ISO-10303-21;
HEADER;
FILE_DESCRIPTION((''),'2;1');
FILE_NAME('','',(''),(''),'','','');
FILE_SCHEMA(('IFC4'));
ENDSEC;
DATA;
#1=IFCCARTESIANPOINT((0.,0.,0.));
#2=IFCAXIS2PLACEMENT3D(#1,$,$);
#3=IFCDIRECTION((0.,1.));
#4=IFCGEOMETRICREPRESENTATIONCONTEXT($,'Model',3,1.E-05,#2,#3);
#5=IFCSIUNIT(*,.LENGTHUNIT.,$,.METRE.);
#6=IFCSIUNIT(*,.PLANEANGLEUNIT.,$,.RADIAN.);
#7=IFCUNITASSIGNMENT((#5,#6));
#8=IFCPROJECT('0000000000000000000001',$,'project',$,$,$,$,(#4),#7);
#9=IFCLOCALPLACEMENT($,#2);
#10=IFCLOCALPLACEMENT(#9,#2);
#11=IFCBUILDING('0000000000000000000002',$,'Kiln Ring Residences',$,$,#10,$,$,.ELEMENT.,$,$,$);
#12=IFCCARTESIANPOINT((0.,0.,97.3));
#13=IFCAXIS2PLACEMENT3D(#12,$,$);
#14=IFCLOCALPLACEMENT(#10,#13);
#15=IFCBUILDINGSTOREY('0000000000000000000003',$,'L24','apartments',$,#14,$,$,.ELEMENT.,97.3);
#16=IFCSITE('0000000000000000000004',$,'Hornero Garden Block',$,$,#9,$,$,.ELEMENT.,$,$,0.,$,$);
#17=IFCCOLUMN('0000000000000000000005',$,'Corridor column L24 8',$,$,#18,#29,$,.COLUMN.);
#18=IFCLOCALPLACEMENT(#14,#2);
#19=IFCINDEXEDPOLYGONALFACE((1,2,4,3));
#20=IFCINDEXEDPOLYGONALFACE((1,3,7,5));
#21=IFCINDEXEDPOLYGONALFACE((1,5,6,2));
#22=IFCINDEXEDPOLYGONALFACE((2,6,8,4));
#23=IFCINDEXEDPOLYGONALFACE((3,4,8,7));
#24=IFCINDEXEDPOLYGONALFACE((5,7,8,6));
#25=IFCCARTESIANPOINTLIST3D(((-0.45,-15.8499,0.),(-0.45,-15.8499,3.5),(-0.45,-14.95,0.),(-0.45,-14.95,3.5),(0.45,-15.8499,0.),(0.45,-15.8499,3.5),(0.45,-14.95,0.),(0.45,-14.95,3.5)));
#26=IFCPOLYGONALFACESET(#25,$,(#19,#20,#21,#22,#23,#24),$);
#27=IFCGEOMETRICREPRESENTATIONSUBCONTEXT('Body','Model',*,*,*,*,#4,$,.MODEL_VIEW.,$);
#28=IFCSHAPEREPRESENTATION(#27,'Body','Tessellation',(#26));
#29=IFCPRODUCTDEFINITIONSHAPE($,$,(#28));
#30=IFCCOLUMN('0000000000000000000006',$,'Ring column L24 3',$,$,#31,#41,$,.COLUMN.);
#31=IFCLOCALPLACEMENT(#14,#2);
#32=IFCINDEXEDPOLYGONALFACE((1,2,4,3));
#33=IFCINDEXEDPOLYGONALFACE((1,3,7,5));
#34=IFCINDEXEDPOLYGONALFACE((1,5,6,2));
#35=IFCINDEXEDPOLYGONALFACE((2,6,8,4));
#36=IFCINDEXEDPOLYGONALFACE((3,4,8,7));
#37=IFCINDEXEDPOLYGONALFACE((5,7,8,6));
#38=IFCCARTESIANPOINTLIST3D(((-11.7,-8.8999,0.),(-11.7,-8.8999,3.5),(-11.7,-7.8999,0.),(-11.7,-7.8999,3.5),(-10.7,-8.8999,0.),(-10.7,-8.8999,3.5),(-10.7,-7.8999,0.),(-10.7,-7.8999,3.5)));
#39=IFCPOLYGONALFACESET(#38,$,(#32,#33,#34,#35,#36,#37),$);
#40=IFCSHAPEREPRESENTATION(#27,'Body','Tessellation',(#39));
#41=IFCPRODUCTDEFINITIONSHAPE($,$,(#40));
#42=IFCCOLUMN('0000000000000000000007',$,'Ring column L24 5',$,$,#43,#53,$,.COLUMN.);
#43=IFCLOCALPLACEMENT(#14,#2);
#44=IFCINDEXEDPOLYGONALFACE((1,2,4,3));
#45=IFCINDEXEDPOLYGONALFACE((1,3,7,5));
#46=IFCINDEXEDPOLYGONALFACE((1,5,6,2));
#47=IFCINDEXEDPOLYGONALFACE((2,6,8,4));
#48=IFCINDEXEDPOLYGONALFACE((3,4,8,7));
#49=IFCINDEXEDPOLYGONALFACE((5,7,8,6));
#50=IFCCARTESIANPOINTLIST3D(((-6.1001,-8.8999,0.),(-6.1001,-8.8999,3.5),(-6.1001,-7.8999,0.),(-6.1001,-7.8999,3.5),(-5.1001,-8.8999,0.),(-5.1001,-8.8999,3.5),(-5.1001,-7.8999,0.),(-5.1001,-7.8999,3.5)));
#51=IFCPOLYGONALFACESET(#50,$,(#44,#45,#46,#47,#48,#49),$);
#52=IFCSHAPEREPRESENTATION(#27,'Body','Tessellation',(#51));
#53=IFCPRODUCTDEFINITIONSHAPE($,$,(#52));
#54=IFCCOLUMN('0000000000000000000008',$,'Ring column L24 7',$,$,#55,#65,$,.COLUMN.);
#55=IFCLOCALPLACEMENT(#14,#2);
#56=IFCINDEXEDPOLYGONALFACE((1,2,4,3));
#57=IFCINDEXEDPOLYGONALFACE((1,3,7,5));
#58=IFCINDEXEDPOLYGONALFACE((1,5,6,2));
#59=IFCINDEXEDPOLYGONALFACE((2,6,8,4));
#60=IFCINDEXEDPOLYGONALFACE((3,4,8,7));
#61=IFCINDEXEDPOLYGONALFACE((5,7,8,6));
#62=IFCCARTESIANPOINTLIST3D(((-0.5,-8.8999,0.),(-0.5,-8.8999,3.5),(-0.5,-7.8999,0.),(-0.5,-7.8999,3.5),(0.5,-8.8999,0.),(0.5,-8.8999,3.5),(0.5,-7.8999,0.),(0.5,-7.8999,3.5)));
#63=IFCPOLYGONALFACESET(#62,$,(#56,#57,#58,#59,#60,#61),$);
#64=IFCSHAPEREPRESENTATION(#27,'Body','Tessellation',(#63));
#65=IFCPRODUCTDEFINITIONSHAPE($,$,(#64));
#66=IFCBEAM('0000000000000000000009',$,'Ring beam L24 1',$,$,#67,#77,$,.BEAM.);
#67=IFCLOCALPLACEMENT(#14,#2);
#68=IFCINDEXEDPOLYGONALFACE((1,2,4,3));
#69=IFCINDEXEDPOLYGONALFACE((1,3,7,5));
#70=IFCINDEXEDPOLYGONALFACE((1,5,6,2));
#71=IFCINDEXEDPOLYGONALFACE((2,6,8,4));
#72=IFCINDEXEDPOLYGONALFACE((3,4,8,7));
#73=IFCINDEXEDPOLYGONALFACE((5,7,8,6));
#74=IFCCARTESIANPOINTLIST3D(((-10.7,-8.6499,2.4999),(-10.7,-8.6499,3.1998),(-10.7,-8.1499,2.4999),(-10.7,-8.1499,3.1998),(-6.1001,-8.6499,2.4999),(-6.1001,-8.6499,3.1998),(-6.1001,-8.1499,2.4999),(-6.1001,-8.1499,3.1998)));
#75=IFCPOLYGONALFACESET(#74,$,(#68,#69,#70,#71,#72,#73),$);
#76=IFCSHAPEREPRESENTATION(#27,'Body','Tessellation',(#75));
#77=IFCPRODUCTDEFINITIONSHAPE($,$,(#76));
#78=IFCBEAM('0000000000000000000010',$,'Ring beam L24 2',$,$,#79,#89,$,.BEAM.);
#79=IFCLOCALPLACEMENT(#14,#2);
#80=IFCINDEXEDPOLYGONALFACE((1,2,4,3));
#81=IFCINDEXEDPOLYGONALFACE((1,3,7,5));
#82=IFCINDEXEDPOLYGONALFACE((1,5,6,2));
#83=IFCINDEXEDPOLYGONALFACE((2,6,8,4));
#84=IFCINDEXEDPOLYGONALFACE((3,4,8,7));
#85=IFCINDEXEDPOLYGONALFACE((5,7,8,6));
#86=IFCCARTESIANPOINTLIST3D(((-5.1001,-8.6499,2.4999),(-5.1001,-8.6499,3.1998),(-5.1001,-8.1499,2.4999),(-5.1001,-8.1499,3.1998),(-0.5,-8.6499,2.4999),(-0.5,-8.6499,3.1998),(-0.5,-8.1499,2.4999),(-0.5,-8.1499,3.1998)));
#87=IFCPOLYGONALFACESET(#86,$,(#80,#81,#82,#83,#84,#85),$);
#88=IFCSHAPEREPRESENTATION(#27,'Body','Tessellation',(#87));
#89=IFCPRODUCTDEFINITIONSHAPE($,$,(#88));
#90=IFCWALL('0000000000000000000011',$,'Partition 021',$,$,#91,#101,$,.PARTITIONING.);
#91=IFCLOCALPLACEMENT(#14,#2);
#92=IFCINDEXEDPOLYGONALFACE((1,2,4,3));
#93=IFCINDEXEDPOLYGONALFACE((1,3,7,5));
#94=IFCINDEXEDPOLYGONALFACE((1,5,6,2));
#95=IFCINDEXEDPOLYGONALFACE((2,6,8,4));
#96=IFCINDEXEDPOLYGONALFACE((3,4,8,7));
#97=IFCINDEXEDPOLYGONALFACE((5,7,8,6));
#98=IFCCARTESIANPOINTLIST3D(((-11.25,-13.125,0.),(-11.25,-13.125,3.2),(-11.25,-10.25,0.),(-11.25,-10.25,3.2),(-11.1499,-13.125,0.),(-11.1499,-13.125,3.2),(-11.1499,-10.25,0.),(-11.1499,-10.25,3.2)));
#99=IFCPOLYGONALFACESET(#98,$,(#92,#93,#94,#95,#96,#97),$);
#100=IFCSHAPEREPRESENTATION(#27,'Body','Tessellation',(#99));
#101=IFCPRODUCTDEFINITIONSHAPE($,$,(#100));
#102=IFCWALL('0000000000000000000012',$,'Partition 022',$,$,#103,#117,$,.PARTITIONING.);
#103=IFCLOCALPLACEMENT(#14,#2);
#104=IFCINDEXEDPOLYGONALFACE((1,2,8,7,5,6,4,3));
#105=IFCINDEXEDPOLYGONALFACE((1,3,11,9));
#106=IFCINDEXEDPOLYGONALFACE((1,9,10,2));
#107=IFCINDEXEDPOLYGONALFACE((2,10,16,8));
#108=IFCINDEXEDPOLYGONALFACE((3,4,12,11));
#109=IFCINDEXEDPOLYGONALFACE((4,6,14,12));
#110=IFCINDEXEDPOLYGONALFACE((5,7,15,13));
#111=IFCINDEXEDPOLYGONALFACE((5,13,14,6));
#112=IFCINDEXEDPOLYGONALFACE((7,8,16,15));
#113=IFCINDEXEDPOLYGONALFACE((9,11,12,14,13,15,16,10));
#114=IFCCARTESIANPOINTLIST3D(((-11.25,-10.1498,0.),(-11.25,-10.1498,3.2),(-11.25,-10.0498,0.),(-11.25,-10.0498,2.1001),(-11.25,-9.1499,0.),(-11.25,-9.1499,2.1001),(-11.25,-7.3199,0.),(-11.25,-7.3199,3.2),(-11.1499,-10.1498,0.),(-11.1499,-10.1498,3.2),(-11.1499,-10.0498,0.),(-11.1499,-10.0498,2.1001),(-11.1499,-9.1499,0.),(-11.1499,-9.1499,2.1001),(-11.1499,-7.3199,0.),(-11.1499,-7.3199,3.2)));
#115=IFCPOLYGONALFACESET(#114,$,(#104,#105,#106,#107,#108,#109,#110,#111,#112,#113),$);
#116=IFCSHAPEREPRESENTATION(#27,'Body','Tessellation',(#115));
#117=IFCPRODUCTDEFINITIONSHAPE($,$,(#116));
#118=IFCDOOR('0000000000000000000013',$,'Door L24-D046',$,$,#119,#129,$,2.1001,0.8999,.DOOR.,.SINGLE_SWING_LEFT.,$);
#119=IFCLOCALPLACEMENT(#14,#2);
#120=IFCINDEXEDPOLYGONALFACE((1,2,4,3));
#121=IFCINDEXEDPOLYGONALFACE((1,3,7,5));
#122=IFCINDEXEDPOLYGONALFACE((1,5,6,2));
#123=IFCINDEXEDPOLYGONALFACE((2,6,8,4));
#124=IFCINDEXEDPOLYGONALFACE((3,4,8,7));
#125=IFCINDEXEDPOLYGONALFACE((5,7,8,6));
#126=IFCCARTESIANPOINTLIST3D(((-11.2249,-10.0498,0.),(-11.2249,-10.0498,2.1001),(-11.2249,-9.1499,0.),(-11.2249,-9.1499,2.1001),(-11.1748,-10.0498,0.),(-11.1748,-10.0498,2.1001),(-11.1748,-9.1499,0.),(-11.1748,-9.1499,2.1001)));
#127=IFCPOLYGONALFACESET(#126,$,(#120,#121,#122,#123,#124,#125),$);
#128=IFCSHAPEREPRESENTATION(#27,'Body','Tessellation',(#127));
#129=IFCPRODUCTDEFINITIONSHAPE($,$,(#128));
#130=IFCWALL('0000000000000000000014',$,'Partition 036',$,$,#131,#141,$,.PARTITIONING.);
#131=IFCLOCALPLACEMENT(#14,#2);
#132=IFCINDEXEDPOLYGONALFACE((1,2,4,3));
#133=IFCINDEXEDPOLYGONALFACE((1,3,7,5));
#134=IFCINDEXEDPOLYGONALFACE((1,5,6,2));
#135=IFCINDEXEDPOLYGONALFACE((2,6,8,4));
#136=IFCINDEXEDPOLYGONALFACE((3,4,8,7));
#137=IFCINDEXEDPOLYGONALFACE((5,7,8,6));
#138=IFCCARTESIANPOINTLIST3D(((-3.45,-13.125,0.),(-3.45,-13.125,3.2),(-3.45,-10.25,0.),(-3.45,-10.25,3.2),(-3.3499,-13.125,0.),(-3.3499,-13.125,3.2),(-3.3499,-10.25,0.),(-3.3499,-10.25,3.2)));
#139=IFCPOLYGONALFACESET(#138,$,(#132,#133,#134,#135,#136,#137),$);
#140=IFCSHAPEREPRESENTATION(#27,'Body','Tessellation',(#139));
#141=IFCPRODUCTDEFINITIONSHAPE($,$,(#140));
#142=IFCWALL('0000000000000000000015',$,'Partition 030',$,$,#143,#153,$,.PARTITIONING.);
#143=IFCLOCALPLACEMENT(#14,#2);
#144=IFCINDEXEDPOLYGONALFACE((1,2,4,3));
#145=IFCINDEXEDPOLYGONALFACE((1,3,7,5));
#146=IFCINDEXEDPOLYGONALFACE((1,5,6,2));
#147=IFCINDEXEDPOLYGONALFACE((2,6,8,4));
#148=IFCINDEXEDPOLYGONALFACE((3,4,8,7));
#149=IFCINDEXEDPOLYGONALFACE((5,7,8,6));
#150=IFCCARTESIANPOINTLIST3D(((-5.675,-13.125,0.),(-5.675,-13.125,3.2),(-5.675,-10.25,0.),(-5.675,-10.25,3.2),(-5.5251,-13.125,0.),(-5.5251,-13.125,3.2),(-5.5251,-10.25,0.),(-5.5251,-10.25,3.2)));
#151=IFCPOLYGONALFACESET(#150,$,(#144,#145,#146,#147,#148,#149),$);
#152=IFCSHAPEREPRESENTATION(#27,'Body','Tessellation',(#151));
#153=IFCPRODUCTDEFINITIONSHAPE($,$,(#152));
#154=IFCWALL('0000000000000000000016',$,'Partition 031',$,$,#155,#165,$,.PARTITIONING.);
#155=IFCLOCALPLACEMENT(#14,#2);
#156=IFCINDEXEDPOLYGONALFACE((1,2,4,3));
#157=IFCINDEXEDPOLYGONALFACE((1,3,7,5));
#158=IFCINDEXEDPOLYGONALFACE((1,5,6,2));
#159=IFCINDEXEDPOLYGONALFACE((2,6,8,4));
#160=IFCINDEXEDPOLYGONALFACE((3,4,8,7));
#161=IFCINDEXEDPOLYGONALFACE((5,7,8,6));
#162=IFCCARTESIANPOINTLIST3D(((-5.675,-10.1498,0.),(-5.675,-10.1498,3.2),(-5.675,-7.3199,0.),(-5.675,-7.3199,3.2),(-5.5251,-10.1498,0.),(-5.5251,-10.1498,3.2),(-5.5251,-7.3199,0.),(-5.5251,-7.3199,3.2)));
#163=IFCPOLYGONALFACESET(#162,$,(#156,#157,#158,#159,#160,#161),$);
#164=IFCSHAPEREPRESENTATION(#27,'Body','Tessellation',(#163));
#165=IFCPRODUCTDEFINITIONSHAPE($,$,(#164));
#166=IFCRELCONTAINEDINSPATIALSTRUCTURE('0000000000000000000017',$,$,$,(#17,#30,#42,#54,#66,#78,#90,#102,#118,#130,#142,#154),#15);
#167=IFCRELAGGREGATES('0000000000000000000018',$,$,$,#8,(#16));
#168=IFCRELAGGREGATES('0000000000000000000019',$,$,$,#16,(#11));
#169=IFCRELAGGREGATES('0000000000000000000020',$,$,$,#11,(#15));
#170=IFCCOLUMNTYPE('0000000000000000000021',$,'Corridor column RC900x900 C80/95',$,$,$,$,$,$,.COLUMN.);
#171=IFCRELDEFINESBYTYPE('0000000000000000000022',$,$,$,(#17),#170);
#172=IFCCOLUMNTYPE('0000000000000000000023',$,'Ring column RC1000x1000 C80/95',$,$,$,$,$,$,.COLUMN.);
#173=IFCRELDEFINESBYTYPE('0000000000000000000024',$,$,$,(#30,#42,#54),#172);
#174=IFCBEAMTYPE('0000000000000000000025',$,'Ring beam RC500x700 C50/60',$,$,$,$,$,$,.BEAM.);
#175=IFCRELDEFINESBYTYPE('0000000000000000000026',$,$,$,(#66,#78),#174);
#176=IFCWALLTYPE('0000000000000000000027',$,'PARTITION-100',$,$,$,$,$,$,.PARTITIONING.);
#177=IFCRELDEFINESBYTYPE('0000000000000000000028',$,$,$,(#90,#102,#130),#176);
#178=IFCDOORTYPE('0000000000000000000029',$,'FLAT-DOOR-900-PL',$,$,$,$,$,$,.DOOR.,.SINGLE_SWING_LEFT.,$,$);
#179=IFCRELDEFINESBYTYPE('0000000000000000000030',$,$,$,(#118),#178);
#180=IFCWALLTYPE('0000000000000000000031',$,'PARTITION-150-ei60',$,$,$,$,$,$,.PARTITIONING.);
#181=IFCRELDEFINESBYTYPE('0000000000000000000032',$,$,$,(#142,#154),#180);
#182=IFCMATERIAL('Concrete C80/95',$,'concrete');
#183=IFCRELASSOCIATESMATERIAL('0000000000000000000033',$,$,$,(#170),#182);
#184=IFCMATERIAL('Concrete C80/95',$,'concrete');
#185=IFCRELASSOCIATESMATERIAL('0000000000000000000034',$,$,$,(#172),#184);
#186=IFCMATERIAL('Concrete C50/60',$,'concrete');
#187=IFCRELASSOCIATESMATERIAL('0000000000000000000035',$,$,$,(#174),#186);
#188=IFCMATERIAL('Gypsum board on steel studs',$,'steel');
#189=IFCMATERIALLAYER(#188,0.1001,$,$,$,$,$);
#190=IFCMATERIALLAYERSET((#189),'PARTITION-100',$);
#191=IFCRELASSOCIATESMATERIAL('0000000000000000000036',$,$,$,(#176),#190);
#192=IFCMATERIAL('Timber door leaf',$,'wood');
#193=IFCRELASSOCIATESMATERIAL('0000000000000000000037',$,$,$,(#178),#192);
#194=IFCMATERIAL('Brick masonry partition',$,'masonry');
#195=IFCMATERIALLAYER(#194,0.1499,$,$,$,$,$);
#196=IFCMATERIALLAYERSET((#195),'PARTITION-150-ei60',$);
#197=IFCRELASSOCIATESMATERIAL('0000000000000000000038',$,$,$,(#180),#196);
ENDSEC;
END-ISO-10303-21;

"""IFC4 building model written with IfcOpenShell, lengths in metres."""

from ifc_helpers import new_model, si_unit, direction, frame, frame_2d, origin, origin_2d, place, context, subcontext, project, spatial, rectangle, extrude, material, layer, layer_set, material_profile, profile_set, type_object, element, fill, save


model = new_model("IFC4")

# Units and contexts
model_context = context("Model", 3, precision=1e-05, world=origin(), true_north=direction((0.0, 1.0)))
body_context = subcontext(model_context, "Body", "Model", "MODEL_VIEW")
ifc_project = project(units=[si_unit("LENGTHUNIT", "METRE"), si_unit("PLANEANGLEUNIT", "RADIAN")], contexts=[model_context])

# Site, building, storey
site_placement = place(None, origin())
site = spatial("IfcSite", under=ifc_project, at=site_placement, Name="Hornero Garden Block", CompositionType="ELEMENT", RefElevation=0.0)
building_placement = place(site_placement, origin())
building = spatial("IfcBuilding", under=site, at=building_placement, Name="Kiln Ring Residences", CompositionType="ELEMENT")
storey_placement = place(building_placement, frame((0.0, 0.0, 97.3)))
storey = spatial("IfcBuildingStorey", under=building, at=storey_placement, Name="L24", Description="apartments", CompositionType="ELEMENT", Elevation=97.3)

# Columns
ifc_material_1 = material(Name="Concrete C80/95", Category="concrete")
ifc_material_profile_1 = material_profile(ifc_material_1, rectangle(XDim=0.8999, YDim=0.8999, at=origin_2d()), Name="RC900x900")
ifc_profile_set_1 = profile_set([ifc_material_profile_1], Name="Concrete C80/95")
column_type_1 = type_object("IfcColumnType", Name="Corridor column RC900x900 C80/95", PredefinedType="COLUMN", material=ifc_profile_set_1)
column_placement = place(storey_placement, frame((0.0, -15.3999, 0.0), z_axis=(0.0, 0.0, 1.0), x_axis=(1.0, 0.0, 0.0)))
element("IfcColumn", 1, at=column_placement, inside=storey, type_object=column_type_1, Name="Corridor column L24 8", PredefinedType="COLUMN", context=body_context, shape_type="SweptSolid", body=[
    extrude(rectangle(XDim=0.8999, YDim=0.8999, at=origin_2d()), origin(), (0.0, 0.0, 1.0), 3.5),
])
ifc_material_2 = material(Name="Concrete C80/95", Category="concrete")
ifc_material_profile_2 = material_profile(ifc_material_2, rectangle(XDim=1.0, YDim=1.0, at=origin_2d()), Name="RC1000x1000")
ifc_profile_set_2 = profile_set([ifc_material_profile_2], Name="Concrete C80/95")
column_type_2 = type_object("IfcColumnType", Name="Ring column RC1000x1000 C80/95", PredefinedType="COLUMN", material=ifc_profile_set_2)
for number, where, z_axis, x_axis, name in (
    (2, (-11.2, -8.3999, 0.0), (0.0, 0.0, 1.0), (1.0, 0.0, 0.0), "Ring column L24 3"),
    (3, (-5.6001, -8.3999, 0.0), (0.0, 0.0, 1.0), (1.0, 0.0, 0.0), "Ring column L24 5"),
    (4, (0.0, -8.3999, 0.0), (0.0, 0.0, 1.0), (1.0, 0.0, 0.0), "Ring column L24 7"),
):
    element("IfcColumn", number, at=place(storey_placement, frame(where, z_axis=z_axis, x_axis=x_axis)), inside=storey, type_object=column_type_2, Name=name, PredefinedType="COLUMN", context=body_context, shape_type="SweptSolid", body=[
        extrude(rectangle(XDim=1.0, YDim=1.0, at=origin_2d()), origin(), (0.0, 0.0, 1.0), 3.5),
    ])

# Beams
ifc_material_3 = material(Name="Concrete C50/60", Category="concrete")
ifc_material_profile_3 = material_profile(ifc_material_3, rectangle(XDim=0.5, YDim=0.7, at=origin_2d()), Name="RC500x700")
ifc_profile_set_3 = profile_set([ifc_material_profile_3], Name="Concrete C50/60")
beam_type = type_object("IfcBeamType", Name="Ring beam RC500x700 C50/60", PredefinedType="BEAM", material=ifc_profile_set_3)
beam_1_placement = place(storey_placement, frame((-10.7, -8.3999, 2.8499), z_axis=(1.0, 0.0, 0.0), x_axis=(0.0, 1.0, 0.0)))
element("IfcBeam", 5, at=beam_1_placement, inside=storey, type_object=beam_type, Name="Ring beam L24 1", PredefinedType="BEAM", context=body_context, shape_type="SweptSolid", body=[
    extrude(rectangle(XDim=0.5, YDim=0.7, at=origin_2d()), origin(), (0.0, 0.0, 1.0), 4.5999),
])
beam_2_placement = place(storey_placement, frame((-5.1001, -8.3999, 2.8499), z_axis=(1.0, 0.0, 0.0), x_axis=(0.0, 1.0, 0.0)))
element("IfcBeam", 6, at=beam_2_placement, inside=storey, type_object=beam_type, Name="Ring beam L24 2", PredefinedType="BEAM", context=body_context, shape_type="SweptSolid", body=[
    extrude(rectangle(XDim=0.5, YDim=0.7, at=origin_2d()), origin(), (0.0, 0.0, 1.0), 4.6001),
])

# Wall
ifc_material_4 = material(Name="Gypsum board on steel studs", Category="steel")
ifc_layer_1 = layer(ifc_material_4, 0.1001)
ifc_layer_set_1 = layer_set([ifc_layer_1], Name="PARTITION-100")
wall_type_1 = type_object("IfcWallType", Name="PARTITION-100", PredefinedType="PARTITIONING", material=ifc_layer_set_1)
wall_1_placement = place(storey_placement, frame((-11.2, -13.125, 0.0), z_axis=(0.0, 0.0, 1.0), x_axis=(0.0, 1.0, 0.0)))
element("IfcWall", 7, at=wall_1_placement, inside=storey, type_object=wall_type_1, Name="Partition 021", PredefinedType="PARTITIONING", context=body_context, shape_type="SweptSolid", body=[
    extrude(rectangle(XDim=2.875, YDim=0.1001, at=frame_2d((1.4375, 0.0))), origin(), (0.0, 0.0, 1.0), 3.2),
])

# Wall, opening, door
wall_2_placement = place(storey_placement, frame((-11.2, -10.1499, 0.0), z_axis=(0.0, 0.0, 1.0), x_axis=(0.0, 1.0, 0.0)))
wall_2 = element("IfcWall", 8, at=wall_2_placement, inside=storey, type_object=wall_type_1, Name="Partition 022", PredefinedType="PARTITIONING", context=body_context, shape_type="SweptSolid", body=[
    extrude(rectangle(XDim=2.8298, YDim=0.1001, at=frame_2d((1.415, 0.0))), origin(), (0.0, 0.0, 1.0), 3.2),
])
opening_placement = place(wall_2_placement, frame((0.1001, 0.0, 0.0)))
opening = element("IfcOpeningElement", 9, at=opening_placement, cuts=wall_2, PredefinedType="OPENING", context=body_context, shape_type="SweptSolid", body=[
    extrude(rectangle(XDim=0.8999, YDim=2.1001, at=frame_2d((0.45, 1.05))), frame((0.0, 0.0601, 0.0), z_axis=(0.0, -1.0, 0.0), x_axis=(1.0, 0.0, 0.0)), (0.0, 0.0, 1.0), 0.1201),
])
ifc_material_5 = material(Name="Timber door leaf", Category="wood")
door_type = type_object("IfcDoorType", Name="FLAT-DOOR-900-PL", OperationType="SINGLE_SWING_LEFT", PredefinedType="DOOR", material=ifc_material_5)
door_placement = place(opening_placement, origin())
door = element("IfcDoor", 10, at=door_placement, inside=storey, type_object=door_type, Name="Door L24-D046", OperationType="SINGLE_SWING_LEFT", OverallHeight=2.1001, OverallWidth=0.8999, PredefinedType="DOOR", context=body_context, shape_type="SweptSolid", body=[
    extrude(rectangle(XDim=0.8999, YDim=2.1001, at=frame_2d((0.45, 1.05))), frame((0.0, 0.0249, 0.0), z_axis=(0.0, -1.0, 0.0), x_axis=(1.0, 0.0, 0.0)), (0.0, 0.0, 1.0), 0.05),
])
fill(opening, door)

# Walls
wall_3_placement = place(storey_placement, frame((-3.3999, -13.125, 0.0), z_axis=(0.0, 0.0, 1.0), x_axis=(0.0, 1.0, 0.0)))
element("IfcWall", 11, at=wall_3_placement, inside=storey, type_object=wall_type_1, Name="Partition 036", PredefinedType="PARTITIONING", context=body_context, shape_type="SweptSolid", body=[
    extrude(rectangle(XDim=2.875, YDim=0.1001, at=frame_2d((1.4375, 0.0))), origin(), (0.0, 0.0, 1.0), 3.2),
])
ifc_material_6 = material(Name="Brick masonry partition", Category="masonry")
ifc_layer_2 = layer(ifc_material_6, 0.1499)
ifc_layer_set_2 = layer_set([ifc_layer_2], Name="PARTITION-150-ei60")
wall_type_2 = type_object("IfcWallType", Name="PARTITION-150-ei60", PredefinedType="PARTITIONING", material=ifc_layer_set_2)
wall_4_placement = place(storey_placement, frame((-5.6001, -13.125, 0.0), z_axis=(0.0, 0.0, 1.0), x_axis=(0.0, 1.0, 0.0)))
element("IfcWall", 12, at=wall_4_placement, inside=storey, type_object=wall_type_2, Name="Partition 030", PredefinedType="PARTITIONING", context=body_context, shape_type="SweptSolid", body=[
    extrude(rectangle(XDim=2.875, YDim=0.1499, at=frame_2d((1.4375, 0.0))), origin(), (0.0, 0.0, 1.0), 3.2),
])
wall_5_placement = place(storey_placement, frame((-5.6001, -10.1499, 0.0), z_axis=(0.0, 0.0, 1.0), x_axis=(0.0, 1.0, 0.0)))
element("IfcWall", 13, at=wall_5_placement, inside=storey, type_object=wall_type_2, Name="Partition 031", PredefinedType="PARTITIONING", context=body_context, shape_type="SweptSolid", body=[
    extrude(rectangle(XDim=2.8298, YDim=0.1499, at=frame_2d((1.415, 0.0))), origin(), (0.0, 0.0, 1.0), 3.2),
])

save(model, "model.ifc")
